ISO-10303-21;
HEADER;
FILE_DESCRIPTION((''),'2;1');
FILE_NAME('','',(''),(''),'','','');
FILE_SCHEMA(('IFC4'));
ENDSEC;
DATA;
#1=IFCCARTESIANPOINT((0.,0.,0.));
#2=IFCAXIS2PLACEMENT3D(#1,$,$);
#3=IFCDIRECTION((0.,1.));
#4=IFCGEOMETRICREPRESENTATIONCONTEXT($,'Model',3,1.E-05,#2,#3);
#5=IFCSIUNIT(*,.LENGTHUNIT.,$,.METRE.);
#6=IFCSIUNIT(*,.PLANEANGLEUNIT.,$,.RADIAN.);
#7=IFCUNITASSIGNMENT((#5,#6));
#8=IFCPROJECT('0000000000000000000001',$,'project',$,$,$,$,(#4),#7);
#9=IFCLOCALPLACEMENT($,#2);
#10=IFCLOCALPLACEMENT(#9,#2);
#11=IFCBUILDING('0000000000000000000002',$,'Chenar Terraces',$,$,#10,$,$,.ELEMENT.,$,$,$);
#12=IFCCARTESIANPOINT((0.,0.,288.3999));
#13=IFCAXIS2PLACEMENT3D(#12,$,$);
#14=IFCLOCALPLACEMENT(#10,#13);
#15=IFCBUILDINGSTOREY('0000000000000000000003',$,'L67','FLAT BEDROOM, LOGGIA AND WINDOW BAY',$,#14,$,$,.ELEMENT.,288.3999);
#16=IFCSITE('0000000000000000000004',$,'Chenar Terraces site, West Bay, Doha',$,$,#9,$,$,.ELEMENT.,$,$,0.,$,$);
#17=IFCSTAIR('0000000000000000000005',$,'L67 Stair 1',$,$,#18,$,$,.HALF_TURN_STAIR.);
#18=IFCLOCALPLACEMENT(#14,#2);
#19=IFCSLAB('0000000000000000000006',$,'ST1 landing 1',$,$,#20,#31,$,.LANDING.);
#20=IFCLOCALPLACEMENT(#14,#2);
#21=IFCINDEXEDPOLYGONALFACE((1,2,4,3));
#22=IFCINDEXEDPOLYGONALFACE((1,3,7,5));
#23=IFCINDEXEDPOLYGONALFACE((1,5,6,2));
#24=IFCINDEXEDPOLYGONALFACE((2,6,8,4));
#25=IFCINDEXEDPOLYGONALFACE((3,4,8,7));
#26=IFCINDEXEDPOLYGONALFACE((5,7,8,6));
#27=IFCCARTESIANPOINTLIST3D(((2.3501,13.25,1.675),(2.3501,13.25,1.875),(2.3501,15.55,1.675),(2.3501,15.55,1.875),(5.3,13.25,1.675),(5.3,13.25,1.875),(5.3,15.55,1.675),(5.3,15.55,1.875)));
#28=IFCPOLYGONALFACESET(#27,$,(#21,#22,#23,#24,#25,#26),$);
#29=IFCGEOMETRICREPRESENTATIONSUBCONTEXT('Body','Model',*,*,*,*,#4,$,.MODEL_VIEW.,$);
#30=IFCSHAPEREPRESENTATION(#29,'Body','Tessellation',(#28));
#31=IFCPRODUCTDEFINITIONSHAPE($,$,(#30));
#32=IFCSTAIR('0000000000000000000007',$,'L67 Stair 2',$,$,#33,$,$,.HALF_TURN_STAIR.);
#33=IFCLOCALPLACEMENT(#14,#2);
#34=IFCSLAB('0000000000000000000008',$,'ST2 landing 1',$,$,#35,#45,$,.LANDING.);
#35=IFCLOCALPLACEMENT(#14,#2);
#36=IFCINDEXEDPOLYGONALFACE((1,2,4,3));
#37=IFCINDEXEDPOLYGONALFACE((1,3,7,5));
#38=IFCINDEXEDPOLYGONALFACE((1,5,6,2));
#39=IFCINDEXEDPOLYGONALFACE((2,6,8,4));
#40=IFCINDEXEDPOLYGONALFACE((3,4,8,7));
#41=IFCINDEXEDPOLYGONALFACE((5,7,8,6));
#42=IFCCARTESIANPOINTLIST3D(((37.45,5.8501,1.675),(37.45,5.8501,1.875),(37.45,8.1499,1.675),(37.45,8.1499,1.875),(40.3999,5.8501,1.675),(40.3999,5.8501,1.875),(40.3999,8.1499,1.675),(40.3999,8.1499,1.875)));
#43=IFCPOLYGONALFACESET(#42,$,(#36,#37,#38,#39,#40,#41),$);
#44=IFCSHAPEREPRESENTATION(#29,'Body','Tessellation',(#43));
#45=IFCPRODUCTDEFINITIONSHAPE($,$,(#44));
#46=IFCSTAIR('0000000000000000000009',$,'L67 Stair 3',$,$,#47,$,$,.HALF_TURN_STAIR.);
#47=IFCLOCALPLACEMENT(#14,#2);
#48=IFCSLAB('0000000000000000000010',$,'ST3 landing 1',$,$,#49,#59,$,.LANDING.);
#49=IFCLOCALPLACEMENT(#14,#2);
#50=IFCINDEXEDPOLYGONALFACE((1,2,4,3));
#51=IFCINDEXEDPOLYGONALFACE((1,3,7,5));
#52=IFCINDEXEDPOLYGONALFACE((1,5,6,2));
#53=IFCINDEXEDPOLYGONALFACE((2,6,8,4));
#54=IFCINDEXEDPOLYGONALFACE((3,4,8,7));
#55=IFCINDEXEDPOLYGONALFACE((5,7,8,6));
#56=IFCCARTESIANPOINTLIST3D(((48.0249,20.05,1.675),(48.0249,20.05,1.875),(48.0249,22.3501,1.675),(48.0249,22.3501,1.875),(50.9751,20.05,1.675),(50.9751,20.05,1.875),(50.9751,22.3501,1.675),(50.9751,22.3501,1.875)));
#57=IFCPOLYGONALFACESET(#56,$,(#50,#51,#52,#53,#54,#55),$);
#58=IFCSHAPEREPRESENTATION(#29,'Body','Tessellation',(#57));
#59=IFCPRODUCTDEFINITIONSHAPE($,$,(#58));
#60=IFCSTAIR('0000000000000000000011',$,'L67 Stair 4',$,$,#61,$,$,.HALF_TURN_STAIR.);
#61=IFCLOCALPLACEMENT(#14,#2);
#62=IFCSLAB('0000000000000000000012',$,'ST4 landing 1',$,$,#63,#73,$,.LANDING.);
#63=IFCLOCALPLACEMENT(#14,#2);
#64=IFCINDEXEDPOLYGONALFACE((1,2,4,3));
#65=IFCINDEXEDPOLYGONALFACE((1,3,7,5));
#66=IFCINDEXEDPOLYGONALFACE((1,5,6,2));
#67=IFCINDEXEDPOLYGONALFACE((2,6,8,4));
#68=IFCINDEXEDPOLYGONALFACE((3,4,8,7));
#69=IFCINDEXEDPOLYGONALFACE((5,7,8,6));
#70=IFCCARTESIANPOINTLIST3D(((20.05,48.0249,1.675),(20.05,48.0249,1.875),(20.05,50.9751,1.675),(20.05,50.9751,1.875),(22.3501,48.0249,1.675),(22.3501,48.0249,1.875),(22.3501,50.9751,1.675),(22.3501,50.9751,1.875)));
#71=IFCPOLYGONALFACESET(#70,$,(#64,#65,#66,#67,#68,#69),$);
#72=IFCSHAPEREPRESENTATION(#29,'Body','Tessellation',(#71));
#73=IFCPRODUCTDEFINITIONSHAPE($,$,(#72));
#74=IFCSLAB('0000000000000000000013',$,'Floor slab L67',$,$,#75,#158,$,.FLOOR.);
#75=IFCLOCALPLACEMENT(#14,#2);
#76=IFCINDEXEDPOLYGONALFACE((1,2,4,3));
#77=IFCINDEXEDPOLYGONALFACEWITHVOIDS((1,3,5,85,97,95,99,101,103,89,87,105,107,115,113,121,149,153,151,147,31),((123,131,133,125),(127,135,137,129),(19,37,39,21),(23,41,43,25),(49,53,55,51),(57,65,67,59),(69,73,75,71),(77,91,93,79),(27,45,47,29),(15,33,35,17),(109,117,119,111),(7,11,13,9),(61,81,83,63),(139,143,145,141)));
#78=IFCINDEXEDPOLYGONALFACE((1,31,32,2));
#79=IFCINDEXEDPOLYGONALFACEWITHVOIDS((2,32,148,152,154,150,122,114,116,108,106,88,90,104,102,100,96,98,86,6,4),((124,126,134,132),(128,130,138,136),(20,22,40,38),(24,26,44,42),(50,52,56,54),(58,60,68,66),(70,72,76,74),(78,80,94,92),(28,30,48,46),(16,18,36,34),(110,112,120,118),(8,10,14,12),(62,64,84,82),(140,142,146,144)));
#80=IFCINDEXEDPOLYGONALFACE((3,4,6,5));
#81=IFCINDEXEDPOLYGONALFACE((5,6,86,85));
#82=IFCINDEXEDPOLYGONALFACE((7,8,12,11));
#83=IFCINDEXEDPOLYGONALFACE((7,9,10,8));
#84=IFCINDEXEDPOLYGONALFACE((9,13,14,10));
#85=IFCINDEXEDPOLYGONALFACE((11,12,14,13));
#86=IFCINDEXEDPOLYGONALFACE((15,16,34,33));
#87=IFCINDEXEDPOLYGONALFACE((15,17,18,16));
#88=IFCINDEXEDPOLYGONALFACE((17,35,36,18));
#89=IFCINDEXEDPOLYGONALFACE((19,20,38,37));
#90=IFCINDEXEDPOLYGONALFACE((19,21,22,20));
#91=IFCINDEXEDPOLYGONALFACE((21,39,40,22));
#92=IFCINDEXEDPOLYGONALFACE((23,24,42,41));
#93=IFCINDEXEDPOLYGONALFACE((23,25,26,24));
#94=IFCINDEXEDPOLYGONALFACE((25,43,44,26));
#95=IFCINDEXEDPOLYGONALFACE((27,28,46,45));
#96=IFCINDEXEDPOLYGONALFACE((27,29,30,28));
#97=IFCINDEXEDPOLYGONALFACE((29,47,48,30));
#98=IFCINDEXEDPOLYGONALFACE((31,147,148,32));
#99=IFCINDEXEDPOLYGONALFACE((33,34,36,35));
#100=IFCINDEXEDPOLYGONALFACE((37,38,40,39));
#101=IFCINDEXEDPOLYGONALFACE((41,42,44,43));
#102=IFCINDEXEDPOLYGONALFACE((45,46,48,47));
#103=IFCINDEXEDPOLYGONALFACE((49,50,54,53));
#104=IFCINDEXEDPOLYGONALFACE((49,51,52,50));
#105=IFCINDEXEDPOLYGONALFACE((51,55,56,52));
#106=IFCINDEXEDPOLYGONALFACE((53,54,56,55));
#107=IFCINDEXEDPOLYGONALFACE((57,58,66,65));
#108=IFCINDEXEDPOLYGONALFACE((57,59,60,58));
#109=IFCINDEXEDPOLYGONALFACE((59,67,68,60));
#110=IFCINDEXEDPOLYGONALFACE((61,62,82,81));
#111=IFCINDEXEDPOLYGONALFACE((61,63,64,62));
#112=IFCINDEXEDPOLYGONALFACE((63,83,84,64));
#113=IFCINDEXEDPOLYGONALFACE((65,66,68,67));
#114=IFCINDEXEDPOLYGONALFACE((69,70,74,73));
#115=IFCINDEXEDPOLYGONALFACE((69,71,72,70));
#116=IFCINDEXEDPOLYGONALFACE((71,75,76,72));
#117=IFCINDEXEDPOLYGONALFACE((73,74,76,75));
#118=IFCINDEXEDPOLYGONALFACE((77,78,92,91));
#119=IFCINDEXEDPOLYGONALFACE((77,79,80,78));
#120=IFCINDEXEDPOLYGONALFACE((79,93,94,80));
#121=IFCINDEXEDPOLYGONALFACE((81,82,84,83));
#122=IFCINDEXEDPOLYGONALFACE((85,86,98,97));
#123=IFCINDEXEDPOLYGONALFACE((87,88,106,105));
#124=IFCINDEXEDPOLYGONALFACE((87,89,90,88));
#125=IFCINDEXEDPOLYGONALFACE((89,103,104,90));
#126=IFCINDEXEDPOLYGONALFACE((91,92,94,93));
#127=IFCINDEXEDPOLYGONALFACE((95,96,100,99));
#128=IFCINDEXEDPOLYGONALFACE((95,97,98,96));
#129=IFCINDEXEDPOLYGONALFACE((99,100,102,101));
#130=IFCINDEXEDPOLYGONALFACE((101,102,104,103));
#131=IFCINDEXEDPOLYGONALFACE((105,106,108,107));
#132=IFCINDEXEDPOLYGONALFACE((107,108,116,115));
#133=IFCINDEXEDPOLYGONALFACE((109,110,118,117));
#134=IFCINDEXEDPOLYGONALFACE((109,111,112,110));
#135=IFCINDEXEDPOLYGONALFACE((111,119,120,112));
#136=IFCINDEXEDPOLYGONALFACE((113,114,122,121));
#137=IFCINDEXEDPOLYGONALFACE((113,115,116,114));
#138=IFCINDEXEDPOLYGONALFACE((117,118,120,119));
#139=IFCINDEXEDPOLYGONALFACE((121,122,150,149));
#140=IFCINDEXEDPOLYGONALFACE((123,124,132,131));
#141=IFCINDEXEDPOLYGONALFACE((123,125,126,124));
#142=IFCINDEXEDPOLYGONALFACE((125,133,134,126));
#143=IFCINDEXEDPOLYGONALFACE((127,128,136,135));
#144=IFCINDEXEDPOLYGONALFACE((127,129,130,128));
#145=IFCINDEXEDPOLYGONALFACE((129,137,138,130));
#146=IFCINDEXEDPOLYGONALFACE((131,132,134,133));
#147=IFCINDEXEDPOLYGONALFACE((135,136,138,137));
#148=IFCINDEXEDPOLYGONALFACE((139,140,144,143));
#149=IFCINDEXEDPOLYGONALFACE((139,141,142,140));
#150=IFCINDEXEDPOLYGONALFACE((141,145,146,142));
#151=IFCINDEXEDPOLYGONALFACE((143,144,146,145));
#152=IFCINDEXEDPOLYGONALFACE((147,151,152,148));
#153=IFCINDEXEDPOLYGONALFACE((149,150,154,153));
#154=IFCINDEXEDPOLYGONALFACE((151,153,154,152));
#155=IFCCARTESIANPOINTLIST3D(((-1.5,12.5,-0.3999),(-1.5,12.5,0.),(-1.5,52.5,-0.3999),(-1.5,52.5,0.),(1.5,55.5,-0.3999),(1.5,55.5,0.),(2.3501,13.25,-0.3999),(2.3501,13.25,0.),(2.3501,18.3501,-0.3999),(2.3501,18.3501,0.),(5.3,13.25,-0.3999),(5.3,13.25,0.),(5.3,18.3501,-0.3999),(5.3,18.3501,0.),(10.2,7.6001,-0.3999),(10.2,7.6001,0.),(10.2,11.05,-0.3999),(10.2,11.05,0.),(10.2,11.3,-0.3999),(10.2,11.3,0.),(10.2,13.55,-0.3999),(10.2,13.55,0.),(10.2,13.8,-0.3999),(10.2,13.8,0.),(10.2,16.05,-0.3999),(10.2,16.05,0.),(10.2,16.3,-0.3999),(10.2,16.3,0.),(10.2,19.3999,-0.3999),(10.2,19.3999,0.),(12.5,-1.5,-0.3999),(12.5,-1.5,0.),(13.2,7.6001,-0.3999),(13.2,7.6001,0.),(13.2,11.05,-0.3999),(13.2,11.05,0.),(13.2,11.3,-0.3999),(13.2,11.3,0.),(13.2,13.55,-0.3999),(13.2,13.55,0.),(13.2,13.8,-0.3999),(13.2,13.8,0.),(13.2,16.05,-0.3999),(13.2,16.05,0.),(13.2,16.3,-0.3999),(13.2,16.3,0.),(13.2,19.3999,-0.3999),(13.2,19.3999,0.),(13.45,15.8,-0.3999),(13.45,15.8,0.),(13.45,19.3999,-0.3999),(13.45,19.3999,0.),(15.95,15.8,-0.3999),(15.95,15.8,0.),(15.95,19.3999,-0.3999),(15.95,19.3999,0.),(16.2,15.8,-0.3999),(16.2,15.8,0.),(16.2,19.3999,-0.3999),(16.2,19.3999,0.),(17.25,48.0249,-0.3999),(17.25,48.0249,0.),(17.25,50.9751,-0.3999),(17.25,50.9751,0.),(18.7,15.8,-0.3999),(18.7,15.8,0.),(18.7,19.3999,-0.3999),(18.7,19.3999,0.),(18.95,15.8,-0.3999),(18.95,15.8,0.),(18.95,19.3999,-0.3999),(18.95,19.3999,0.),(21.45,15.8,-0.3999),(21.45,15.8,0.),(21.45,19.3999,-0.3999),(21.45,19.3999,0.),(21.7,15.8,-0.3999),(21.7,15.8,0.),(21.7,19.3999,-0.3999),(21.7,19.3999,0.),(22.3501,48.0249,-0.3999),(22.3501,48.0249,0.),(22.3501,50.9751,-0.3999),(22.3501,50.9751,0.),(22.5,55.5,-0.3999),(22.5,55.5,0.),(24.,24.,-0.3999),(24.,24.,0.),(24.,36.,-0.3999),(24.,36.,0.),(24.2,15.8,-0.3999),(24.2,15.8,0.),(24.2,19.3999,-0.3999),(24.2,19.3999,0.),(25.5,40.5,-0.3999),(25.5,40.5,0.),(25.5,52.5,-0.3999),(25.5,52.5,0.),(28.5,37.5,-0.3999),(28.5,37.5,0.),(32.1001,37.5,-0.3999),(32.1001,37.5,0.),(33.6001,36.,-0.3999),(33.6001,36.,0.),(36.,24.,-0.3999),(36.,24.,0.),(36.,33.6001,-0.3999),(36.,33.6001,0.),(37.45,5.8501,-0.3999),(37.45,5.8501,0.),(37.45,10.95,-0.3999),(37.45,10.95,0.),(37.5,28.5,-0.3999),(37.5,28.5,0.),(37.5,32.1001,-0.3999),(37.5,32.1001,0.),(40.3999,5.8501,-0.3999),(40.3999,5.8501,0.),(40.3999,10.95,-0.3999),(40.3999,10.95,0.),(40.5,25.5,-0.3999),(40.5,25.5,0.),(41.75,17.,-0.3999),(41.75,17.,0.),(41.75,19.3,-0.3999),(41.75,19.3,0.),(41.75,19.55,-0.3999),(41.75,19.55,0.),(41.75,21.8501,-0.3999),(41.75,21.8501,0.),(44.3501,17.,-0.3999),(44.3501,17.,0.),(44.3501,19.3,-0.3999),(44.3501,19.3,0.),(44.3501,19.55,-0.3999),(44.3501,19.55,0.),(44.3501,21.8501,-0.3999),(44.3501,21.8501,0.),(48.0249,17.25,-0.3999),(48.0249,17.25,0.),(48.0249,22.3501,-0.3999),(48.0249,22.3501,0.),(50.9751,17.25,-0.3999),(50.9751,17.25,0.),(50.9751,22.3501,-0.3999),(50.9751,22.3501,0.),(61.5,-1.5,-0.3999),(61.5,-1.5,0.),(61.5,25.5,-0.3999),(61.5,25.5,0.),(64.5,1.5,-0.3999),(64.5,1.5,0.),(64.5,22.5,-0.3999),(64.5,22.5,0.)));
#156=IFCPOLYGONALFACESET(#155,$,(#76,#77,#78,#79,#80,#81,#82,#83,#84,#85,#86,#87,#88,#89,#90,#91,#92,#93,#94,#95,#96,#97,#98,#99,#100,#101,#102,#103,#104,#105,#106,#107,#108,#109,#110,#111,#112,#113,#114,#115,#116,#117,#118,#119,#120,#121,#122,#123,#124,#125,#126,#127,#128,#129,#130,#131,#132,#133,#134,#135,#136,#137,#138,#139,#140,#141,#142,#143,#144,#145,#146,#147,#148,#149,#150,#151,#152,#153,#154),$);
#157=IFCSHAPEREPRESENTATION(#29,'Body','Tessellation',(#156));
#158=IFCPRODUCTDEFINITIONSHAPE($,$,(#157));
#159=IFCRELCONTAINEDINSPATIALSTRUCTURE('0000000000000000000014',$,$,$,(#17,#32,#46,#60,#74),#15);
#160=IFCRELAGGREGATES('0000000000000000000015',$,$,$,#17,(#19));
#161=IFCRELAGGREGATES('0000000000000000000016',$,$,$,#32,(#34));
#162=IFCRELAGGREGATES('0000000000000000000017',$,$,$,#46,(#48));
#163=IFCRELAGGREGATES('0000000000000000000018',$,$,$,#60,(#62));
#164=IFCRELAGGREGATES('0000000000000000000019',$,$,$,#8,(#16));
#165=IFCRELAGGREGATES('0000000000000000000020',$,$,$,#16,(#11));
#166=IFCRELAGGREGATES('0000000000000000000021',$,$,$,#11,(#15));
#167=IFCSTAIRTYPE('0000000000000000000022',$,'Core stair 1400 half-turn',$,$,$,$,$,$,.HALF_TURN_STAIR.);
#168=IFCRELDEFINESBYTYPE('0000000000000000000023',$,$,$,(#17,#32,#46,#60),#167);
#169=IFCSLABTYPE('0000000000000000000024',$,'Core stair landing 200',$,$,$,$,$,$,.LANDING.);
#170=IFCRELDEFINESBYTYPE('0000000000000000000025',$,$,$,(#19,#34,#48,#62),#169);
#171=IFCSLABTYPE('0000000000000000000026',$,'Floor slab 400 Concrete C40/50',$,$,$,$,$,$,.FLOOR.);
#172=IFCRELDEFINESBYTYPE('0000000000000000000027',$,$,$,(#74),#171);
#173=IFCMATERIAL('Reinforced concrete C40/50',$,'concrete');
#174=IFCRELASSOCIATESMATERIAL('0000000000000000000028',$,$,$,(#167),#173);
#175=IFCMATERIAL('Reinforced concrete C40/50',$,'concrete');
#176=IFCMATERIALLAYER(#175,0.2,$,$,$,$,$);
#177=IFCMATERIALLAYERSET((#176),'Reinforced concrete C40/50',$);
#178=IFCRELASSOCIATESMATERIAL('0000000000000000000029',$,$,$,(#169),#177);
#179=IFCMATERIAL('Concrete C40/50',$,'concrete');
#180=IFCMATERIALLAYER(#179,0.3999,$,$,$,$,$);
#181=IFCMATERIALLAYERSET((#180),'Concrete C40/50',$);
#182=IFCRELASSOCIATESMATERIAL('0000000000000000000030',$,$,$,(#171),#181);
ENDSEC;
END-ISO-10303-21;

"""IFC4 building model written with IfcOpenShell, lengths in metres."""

from ifc_helpers import new_model, si_unit, direction, frame, origin, place, context, subcontext, project, spatial, polyline, outline, extrude, material, layer, layer_set, type_object, element, aggregate, save


model = new_model("IFC4")

# Units and contexts
model_context = context("Model", 3, precision=1e-05, world=origin(), true_north=direction((0.0, 1.0)))
body_context = subcontext(model_context, "Body", "Model", "MODEL_VIEW")
ifc_project = project(units=[si_unit("LENGTHUNIT", "METRE"), si_unit("PLANEANGLEUNIT", "RADIAN")], contexts=[model_context])

# Site, building, storey
site_placement = place(None, origin())
site = spatial("IfcSite", under=ifc_project, at=site_placement, Name="Chenar Terraces site, West Bay, Doha", CompositionType="ELEMENT", RefElevation=0.0)
building_placement = place(site_placement, origin())
building = spatial("IfcBuilding", under=site, at=building_placement, Name="Chenar Terraces", CompositionType="ELEMENT")
storey_placement = place(building_placement, frame((0.0, 0.0, 288.3999)))
storey = spatial("IfcBuildingStorey", under=building, at=storey_placement, Name="L67", Description="FLAT BEDROOM, LOGGIA AND WINDOW BAY", CompositionType="ELEMENT", Elevation=288.3999)

# Stairs, slabs
ifc_material_1 = material(Name="Reinforced concrete C40/50", Category="concrete")
stair_type = type_object("IfcStairType", Name="Core stair 1400 half-turn", PredefinedType="HALF_TURN_STAIR", material=ifc_material_1)
placement_1 = place(storey_placement, origin())
stair_1 = element("IfcStair", 1, at=placement_1, inside=storey, type_object=stair_type, Name="L67 Stair 1", PredefinedType="HALF_TURN_STAIR")
ifc_material_2 = material(Name="Reinforced concrete C40/50", Category="concrete")
ifc_layer_1 = layer(ifc_material_2, 0.2)
ifc_layer_set_1 = layer_set([ifc_layer_1], Name="Reinforced concrete C40/50")
slab_type_1 = type_object("IfcSlabType", Name="Core stair landing 200", PredefinedType="LANDING", material=ifc_layer_set_1)
placement_2 = place(storey_placement, frame((0.0, 0.0, 1.675)))
slab_1 = element("IfcSlab", 2, at=placement_2, type_object=slab_type_1, Name="ST1 landing 1", PredefinedType="LANDING", context=body_context, shape_type="SweptSolid", body=[
    extrude(outline(polyline([(2.3501, 15.55), (2.3501, 13.25), (5.3, 13.25), (5.3, 15.55), (2.3501, 15.55)])), origin(), (0.0, 0.0, 1.0), 0.2),
])
aggregate(stair_1, [slab_1])
stair_2 = element("IfcStair", 3, at=placement_1, inside=storey, type_object=stair_type, Name="L67 Stair 2", PredefinedType="HALF_TURN_STAIR")
slab_2 = element("IfcSlab", 4, at=placement_2, type_object=slab_type_1, Name="ST2 landing 1", PredefinedType="LANDING", context=body_context, shape_type="SweptSolid", body=[
    extrude(outline(polyline([(37.45, 8.1499), (37.45, 5.8501), (40.3999, 5.8501), (40.3999, 8.1499), (37.45, 8.1499)])), origin(), (0.0, 0.0, 1.0), 0.2),
])
aggregate(stair_2, [slab_2])
stair_3 = element("IfcStair", 5, at=placement_1, inside=storey, type_object=stair_type, Name="L67 Stair 3", PredefinedType="HALF_TURN_STAIR")
slab_3 = element("IfcSlab", 6, at=placement_2, type_object=slab_type_1, Name="ST3 landing 1", PredefinedType="LANDING", context=body_context, shape_type="SweptSolid", body=[
    extrude(outline(polyline([(50.9751, 20.05), (50.9751, 22.3501), (48.0249, 22.3501), (48.0249, 20.05), (50.9751, 20.05)])), origin(), (0.0, 0.0, 1.0), 0.2),
])
aggregate(stair_3, [slab_3])
stair_4 = element("IfcStair", 7, at=placement_1, inside=storey, type_object=stair_type, Name="L67 Stair 4", PredefinedType="HALF_TURN_STAIR")
slab_4 = element("IfcSlab", 8, at=placement_2, type_object=slab_type_1, Name="ST4 landing 1", PredefinedType="LANDING", context=body_context, shape_type="SweptSolid", body=[
    extrude(outline(polyline([(20.05, 48.0249), (22.3501, 48.0249), (22.3501, 50.9751), (20.05, 50.9751), (20.05, 48.0249)])), origin(), (0.0, 0.0, 1.0), 0.2),
])
aggregate(stair_4, [slab_4])

# Slab
ifc_material_3 = material(Name="Concrete C40/50", Category="concrete")
ifc_layer_2 = layer(ifc_material_3, 0.3999)
ifc_layer_set_2 = layer_set([ifc_layer_2], Name="Concrete C40/50")
slab_type_2 = type_object("IfcSlabType", Name="Floor slab 400 Concrete C40/50", PredefinedType="FLOOR", material=ifc_layer_set_2)
slab_5_placement = place(storey_placement, frame((0.0, 0.0, -0.3999)))
element("IfcSlab", 9, at=slab_5_placement, inside=storey, type_object=slab_type_2, Name="Floor slab L67", PredefinedType="FLOOR", context=body_context, shape_type="SweptSolid", body=[
    extrude(outline(polyline([(64.5, 22.5), (64.5, 1.5), (61.5, -1.5), (12.5, -1.5), (-1.5, 12.5), (-1.5, 52.5), (1.5, 55.5), (22.5, 55.5), (25.5, 52.5), (25.5, 40.5), (28.5, 37.5), (32.1001, 37.5), (33.6001, 36.0), (24.0, 36.0), (24.0, 24.0), (36.0, 24.0), (36.0, 33.6001), (37.5, 32.1001), (37.5, 28.5), (40.5, 25.5), (61.5, 25.5), (64.5, 22.5)]), holes=[polyline([(10.2, 11.05), (10.2, 7.6001), (13.2, 7.6001), (13.2, 11.05), (10.2, 11.05)]), polyline([(13.2, 13.55), (10.2, 13.55), (10.2, 11.3), (13.2, 11.3), (13.2, 13.55)]), polyline([(13.2, 16.05), (10.2, 16.05), (10.2, 13.8), (13.2, 13.8), (13.2, 16.05)]), polyline([(2.3501, 13.25), (5.3, 13.25), (5.3, 18.3501), (2.3501, 18.3501), (2.3501, 13.25)]), polyline([(15.95, 19.3999), (13.45, 19.3999), (13.45, 15.8), (15.95, 15.8), (15.95, 19.3999)]), polyline([(18.7, 19.3999), (16.2, 19.3999), (16.2, 15.8), (18.7, 15.8), (18.7, 19.3999)]), polyline([(13.2, 19.3999), (10.2, 19.3999), (10.2, 16.3), (13.2, 16.3), (13.2, 19.3999)]), polyline([(22.3501, 48.0249), (22.3501, 50.9751), (17.25, 50.9751), (17.25, 48.0249), (22.3501, 48.0249)]), polyline([(37.45, 5.8501), (40.3999, 5.8501), (40.3999, 10.95), (37.45, 10.95), (37.45, 5.8501)]), polyline([(21.45, 19.3999), (18.95, 19.3999), (18.95, 15.8), (21.45, 15.8), (21.45, 19.3999)]), polyline([(24.2, 19.3999), (21.7, 19.3999), (21.7, 15.8), (24.2, 15.8), (24.2, 19.3999)]), polyline([(44.3501, 19.3), (41.75, 19.3), (41.75, 17.0), (44.3501, 17.0), (44.3501, 19.3)]), polyline([(50.9751, 22.3501), (48.0249, 22.3501), (48.0249, 17.25), (50.9751, 17.25), (50.9751, 22.3501)]), polyline([(44.3501, 21.8501), (41.75, 21.8501), (41.75, 19.55), (44.3501, 19.55), (44.3501, 21.8501)])]), origin(), (0.0, 0.0, 1.0), 0.3999),
])

save(model, "model.ifc")
